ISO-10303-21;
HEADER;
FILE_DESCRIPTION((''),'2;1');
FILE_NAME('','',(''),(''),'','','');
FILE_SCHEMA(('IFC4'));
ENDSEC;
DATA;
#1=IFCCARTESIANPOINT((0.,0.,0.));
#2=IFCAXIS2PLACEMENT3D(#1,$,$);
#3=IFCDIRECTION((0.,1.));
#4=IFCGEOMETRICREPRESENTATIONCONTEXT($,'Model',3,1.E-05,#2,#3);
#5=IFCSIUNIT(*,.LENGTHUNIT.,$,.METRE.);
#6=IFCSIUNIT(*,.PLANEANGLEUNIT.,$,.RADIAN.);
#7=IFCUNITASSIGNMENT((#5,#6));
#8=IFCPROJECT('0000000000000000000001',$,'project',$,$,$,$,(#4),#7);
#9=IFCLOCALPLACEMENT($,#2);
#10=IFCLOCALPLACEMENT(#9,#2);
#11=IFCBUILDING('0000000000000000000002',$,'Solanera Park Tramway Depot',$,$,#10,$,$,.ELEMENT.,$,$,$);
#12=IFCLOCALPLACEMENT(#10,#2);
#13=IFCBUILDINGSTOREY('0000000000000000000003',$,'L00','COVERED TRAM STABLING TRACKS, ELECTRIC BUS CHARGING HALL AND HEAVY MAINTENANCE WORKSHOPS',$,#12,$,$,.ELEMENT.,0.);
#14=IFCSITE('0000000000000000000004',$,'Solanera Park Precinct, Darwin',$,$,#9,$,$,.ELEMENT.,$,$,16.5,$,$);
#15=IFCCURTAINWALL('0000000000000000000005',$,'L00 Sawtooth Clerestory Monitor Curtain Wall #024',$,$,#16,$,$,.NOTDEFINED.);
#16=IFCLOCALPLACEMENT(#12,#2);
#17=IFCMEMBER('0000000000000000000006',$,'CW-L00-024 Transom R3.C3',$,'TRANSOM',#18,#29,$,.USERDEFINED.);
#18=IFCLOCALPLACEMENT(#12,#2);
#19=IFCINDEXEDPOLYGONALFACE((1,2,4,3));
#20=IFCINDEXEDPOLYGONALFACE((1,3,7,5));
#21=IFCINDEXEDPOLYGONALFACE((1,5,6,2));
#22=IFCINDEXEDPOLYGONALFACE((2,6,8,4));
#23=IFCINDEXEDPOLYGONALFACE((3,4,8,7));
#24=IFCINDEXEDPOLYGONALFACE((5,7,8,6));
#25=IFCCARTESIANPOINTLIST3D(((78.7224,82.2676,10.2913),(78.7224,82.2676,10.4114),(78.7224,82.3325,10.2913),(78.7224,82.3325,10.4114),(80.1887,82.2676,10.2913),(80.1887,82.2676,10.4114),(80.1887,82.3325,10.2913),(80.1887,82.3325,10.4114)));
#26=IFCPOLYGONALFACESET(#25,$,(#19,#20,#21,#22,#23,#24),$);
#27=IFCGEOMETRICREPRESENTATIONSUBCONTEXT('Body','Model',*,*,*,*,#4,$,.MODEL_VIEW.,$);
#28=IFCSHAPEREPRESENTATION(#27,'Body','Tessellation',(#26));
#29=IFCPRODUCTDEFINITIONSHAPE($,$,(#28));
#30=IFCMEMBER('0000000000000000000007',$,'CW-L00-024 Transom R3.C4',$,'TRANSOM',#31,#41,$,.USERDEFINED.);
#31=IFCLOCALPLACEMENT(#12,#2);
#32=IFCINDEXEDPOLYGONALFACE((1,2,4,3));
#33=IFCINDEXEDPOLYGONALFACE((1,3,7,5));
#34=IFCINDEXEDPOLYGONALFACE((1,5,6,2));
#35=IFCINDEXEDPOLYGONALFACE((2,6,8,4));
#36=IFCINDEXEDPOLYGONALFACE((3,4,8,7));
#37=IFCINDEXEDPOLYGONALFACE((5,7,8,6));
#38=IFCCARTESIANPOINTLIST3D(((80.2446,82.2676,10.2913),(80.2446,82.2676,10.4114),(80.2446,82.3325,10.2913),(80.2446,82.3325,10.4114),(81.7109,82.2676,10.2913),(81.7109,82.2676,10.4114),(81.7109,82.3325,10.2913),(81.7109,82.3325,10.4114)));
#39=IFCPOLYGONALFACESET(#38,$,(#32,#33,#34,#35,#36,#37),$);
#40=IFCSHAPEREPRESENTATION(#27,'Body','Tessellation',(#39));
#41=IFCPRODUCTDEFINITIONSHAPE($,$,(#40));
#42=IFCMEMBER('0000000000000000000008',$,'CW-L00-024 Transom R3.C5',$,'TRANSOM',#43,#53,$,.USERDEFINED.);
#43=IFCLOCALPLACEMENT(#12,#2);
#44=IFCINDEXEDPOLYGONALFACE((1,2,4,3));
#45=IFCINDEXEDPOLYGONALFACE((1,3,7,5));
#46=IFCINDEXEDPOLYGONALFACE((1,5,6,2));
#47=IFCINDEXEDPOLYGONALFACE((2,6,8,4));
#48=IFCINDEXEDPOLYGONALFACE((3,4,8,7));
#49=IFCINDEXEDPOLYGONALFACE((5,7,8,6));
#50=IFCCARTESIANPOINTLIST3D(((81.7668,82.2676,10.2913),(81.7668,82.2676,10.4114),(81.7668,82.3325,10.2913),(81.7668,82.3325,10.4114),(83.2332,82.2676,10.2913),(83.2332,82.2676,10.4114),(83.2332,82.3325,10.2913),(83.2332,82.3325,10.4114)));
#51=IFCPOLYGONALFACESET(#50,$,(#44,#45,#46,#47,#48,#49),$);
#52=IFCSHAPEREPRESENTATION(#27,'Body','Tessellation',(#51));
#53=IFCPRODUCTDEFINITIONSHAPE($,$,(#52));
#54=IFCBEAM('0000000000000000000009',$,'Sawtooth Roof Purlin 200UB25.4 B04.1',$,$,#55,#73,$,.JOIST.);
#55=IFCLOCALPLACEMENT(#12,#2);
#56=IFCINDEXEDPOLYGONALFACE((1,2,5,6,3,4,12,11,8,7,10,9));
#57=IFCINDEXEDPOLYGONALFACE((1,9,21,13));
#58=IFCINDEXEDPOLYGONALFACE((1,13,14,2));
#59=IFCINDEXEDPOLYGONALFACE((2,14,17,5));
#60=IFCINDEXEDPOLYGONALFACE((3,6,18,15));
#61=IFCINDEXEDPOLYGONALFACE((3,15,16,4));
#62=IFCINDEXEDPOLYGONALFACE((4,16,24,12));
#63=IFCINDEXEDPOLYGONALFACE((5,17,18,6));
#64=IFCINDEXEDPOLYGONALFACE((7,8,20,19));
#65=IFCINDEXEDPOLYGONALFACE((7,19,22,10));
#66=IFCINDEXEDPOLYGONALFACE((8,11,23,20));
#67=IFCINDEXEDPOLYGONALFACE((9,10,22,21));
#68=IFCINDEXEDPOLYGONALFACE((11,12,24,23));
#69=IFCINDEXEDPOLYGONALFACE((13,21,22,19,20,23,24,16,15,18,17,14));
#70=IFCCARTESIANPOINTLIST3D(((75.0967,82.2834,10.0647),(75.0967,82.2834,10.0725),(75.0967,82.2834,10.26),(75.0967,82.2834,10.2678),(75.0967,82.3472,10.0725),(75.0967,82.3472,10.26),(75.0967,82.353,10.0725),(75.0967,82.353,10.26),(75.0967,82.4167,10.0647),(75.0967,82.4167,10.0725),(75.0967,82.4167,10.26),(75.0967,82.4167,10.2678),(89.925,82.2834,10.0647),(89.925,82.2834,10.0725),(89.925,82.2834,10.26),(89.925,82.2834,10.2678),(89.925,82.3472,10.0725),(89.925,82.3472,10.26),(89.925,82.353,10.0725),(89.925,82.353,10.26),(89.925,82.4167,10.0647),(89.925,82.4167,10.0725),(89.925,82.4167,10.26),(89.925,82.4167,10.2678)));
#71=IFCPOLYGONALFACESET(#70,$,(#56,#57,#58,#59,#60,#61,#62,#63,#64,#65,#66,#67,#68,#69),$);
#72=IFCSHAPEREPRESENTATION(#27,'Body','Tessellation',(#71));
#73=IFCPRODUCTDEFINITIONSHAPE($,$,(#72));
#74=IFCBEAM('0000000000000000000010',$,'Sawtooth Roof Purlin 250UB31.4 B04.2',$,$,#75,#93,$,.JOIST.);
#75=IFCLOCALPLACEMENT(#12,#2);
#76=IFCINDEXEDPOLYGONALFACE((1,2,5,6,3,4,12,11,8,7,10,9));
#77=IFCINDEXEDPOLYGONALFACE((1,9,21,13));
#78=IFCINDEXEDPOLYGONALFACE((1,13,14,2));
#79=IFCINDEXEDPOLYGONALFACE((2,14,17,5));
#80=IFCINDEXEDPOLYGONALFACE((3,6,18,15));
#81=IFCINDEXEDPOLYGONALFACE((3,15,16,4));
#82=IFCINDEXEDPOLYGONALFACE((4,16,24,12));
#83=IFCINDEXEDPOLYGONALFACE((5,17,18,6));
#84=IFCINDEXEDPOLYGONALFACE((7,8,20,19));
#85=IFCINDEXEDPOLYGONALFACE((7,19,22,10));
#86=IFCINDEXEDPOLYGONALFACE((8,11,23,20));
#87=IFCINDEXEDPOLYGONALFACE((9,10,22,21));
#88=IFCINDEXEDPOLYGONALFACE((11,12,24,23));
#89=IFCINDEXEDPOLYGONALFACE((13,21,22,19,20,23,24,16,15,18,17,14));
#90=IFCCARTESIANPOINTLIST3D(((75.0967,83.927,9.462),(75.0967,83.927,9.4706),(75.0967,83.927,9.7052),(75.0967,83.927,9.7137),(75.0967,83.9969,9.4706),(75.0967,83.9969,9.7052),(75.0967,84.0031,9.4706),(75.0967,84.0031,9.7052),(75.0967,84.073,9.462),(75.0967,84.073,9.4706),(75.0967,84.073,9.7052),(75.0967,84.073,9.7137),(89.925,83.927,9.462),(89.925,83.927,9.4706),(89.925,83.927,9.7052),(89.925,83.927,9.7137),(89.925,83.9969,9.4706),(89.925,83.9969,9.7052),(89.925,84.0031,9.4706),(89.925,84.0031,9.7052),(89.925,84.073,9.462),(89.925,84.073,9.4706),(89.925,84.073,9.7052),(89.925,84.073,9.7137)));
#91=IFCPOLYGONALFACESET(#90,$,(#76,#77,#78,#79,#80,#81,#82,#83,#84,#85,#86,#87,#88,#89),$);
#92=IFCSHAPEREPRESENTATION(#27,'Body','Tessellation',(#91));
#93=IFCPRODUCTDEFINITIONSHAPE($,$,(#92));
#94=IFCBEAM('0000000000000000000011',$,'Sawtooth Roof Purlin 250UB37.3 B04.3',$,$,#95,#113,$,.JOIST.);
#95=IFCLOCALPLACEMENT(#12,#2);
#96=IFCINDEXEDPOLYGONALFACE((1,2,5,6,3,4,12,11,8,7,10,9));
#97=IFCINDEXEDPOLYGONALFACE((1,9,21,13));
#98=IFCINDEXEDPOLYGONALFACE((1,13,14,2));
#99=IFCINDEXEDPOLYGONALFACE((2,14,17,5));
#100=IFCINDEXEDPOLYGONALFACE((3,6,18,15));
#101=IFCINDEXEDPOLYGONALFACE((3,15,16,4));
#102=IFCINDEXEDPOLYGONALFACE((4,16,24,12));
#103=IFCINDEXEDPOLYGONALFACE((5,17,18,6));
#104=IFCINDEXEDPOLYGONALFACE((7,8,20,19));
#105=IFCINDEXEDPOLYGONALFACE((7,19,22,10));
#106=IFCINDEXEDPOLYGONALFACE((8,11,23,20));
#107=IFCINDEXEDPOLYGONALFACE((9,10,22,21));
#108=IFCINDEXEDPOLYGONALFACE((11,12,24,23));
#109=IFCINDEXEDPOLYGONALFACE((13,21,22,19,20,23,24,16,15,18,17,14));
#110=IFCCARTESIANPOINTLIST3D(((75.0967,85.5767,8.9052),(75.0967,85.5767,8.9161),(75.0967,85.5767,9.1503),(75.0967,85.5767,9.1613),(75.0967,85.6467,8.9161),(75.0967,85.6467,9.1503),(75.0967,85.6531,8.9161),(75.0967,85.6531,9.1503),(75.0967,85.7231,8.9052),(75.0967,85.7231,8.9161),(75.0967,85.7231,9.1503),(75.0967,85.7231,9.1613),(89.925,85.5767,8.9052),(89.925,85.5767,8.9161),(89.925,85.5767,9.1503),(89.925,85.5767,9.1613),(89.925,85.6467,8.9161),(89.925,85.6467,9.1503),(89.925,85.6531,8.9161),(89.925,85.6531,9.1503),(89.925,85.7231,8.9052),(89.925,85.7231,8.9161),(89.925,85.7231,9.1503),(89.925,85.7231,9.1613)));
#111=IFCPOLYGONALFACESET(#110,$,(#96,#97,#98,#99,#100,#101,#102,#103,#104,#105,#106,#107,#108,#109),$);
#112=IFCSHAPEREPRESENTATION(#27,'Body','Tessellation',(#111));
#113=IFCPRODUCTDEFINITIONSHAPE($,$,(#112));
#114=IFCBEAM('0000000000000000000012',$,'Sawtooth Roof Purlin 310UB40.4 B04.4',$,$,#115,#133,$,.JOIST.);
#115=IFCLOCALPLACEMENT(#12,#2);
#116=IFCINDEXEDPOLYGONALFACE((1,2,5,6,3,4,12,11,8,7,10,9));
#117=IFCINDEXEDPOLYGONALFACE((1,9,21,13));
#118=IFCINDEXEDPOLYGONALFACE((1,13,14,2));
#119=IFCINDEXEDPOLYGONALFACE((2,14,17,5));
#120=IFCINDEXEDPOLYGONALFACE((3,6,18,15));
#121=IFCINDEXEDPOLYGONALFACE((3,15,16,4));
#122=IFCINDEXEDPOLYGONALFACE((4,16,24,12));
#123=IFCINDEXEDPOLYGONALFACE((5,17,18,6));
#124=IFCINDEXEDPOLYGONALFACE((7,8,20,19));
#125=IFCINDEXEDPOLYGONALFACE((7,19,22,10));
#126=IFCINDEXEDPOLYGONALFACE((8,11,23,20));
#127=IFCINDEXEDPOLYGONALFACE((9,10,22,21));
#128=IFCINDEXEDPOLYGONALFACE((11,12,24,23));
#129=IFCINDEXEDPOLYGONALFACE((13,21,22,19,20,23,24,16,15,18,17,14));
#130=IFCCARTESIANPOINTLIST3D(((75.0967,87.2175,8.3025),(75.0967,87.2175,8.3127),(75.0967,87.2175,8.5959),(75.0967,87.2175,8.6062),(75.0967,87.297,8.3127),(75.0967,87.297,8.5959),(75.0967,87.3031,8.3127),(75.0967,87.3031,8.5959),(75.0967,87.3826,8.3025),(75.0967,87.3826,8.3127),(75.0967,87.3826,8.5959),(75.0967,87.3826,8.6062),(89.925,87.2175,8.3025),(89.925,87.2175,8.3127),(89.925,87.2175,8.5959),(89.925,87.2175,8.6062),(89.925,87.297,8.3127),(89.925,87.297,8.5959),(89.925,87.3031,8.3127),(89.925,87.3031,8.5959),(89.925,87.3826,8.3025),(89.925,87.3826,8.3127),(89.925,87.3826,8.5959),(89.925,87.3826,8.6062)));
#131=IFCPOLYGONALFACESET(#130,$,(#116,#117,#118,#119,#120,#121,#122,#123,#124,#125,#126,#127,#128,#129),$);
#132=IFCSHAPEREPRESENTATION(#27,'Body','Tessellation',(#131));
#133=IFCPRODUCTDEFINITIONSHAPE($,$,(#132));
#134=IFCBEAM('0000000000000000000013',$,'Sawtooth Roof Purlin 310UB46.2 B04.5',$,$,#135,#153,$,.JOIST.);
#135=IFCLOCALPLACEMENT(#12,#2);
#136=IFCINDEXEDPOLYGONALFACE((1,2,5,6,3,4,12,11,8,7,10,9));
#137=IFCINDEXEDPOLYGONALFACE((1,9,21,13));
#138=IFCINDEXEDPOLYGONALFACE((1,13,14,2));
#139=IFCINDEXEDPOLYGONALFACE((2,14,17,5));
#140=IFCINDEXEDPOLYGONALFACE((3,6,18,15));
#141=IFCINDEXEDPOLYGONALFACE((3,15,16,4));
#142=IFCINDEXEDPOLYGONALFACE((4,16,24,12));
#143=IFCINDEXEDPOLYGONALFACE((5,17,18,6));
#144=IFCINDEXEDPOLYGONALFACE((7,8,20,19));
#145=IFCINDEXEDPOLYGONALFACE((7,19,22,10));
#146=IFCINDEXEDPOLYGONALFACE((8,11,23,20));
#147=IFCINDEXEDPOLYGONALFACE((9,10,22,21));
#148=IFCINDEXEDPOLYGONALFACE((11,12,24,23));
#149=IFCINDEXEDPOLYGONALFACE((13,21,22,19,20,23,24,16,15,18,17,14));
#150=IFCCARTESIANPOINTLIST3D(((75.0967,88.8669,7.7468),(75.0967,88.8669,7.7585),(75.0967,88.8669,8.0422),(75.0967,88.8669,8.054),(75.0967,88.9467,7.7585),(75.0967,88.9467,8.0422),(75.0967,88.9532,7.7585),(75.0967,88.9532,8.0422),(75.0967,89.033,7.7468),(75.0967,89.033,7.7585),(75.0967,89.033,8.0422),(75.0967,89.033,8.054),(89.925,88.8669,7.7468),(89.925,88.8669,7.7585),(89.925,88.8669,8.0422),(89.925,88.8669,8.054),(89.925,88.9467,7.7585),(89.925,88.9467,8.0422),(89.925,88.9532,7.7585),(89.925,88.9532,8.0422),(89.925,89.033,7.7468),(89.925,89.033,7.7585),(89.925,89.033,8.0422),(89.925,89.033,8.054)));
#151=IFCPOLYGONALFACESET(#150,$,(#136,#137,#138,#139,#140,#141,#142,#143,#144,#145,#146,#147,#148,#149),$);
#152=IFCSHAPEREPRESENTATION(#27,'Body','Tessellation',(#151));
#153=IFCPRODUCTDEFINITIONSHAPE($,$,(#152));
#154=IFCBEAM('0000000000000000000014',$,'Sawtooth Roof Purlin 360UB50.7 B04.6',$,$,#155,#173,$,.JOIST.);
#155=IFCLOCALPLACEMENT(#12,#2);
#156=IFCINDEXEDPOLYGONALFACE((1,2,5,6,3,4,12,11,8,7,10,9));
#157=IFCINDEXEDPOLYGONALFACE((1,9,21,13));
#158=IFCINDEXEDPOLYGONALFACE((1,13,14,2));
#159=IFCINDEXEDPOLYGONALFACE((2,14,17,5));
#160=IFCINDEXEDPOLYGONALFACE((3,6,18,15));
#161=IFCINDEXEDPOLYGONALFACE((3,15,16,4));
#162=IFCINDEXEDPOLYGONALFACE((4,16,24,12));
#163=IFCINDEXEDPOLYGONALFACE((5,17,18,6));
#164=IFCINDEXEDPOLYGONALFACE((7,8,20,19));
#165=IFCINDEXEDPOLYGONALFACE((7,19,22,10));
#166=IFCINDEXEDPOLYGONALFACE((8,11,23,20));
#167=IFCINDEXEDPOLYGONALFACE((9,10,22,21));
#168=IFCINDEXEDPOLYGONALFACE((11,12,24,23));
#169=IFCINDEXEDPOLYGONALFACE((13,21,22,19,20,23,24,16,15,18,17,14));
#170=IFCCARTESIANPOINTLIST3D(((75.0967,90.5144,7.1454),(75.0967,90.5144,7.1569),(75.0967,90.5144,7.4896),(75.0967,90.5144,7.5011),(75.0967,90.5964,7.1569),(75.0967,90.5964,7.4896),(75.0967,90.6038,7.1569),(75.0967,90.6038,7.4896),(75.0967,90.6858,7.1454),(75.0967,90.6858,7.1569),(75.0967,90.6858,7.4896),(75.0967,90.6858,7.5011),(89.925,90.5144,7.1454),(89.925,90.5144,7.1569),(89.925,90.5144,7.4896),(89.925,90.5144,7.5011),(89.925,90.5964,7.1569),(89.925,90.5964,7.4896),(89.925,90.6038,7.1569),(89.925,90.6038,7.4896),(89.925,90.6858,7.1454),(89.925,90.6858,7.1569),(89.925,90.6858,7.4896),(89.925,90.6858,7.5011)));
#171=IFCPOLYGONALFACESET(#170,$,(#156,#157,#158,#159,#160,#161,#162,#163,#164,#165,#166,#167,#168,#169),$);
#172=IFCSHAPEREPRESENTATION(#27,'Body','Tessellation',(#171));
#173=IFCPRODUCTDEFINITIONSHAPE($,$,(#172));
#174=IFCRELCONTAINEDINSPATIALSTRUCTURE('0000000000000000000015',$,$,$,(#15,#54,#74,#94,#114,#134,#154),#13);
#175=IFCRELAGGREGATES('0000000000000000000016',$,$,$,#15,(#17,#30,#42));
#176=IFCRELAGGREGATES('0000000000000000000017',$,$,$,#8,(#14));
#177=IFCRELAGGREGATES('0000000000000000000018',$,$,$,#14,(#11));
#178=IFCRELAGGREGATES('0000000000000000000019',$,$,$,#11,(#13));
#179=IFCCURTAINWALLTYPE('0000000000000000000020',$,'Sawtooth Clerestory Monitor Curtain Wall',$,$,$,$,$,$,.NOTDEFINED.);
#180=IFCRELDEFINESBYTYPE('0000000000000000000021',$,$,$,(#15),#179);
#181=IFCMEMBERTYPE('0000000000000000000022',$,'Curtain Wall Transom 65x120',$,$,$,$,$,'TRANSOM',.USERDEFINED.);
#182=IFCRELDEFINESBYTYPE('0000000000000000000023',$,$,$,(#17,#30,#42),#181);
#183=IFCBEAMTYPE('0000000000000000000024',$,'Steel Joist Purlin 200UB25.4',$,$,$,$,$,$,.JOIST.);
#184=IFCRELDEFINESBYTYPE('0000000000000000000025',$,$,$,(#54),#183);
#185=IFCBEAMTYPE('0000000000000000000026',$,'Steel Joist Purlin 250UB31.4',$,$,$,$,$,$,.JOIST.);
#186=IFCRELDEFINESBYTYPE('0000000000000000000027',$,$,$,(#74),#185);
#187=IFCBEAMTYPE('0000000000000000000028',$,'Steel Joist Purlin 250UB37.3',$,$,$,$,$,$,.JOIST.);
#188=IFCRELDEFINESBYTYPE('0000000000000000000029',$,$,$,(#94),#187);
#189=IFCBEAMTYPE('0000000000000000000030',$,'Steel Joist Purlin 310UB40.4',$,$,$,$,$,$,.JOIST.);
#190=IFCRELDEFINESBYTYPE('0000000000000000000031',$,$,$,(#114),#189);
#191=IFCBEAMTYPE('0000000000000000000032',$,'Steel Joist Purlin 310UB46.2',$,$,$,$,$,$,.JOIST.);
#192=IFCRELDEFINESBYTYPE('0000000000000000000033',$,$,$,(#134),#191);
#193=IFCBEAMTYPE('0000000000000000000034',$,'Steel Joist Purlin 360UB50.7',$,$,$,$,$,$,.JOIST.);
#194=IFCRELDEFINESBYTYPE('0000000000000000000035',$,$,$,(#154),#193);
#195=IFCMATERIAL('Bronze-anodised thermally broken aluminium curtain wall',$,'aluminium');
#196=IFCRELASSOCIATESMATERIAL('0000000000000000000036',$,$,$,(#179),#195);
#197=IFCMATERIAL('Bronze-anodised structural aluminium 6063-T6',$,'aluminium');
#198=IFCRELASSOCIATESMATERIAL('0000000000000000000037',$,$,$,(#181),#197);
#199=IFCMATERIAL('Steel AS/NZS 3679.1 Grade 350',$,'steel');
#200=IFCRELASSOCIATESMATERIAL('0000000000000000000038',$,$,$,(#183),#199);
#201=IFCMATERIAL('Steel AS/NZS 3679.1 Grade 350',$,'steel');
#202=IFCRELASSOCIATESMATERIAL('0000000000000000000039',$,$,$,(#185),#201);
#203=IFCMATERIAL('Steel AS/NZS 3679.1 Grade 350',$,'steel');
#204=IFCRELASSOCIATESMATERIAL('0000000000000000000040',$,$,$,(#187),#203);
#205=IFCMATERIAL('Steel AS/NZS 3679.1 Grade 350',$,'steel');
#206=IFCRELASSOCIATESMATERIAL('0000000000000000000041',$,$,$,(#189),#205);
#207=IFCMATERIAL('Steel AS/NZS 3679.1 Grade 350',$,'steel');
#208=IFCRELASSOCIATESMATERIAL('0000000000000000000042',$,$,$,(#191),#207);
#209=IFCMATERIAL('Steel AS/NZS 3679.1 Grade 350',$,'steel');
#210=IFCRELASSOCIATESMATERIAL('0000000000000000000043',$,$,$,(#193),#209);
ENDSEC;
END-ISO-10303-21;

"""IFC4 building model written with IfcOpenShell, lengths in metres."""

from ifc_helpers import new_model, si_unit, direction, frame, origin, origin_2d, place, context, subcontext, project, spatial, rectangle, i_section, extrude, material, material_profile, profile_set, type_object, element, aggregate, save


model = new_model("IFC4")

# Units and contexts
model_context = context("Model", 3, precision=1e-05, world=origin(), true_north=direction((0.0, 1.0)))
body_context = subcontext(model_context, "Body", "Model", "MODEL_VIEW")
ifc_project = project(units=[si_unit("LENGTHUNIT", "METRE"), si_unit("PLANEANGLEUNIT", "RADIAN")], contexts=[model_context])

# Site, building, storey
site_placement = place(None, origin())
site = spatial("IfcSite", under=ifc_project, at=site_placement, Name="Solanera Park Precinct, Darwin", CompositionType="ELEMENT", RefElevation=16.5)
building_placement = place(site_placement, origin())
building = spatial("IfcBuilding", under=site, at=building_placement, Name="Solanera Park Tramway Depot", CompositionType="ELEMENT")
storey_placement = place(building_placement, origin())
storey = spatial("IfcBuildingStorey", under=building, at=storey_placement, Name="L00", Description="COVERED TRAM STABLING TRACKS, ELECTRIC BUS CHARGING HALL AND HEAVY MAINTENANCE WORKSHOPS", CompositionType="ELEMENT", Elevation=0.0)

# Curtain wall, members
ifc_material_1 = material(Name="Bronze-anodised thermally broken aluminium curtain wall", Category="aluminium")
curtain_wall_type = type_object("IfcCurtainWallType", Name="Sawtooth Clerestory Monitor Curtain Wall", PredefinedType="NOTDEFINED", material=ifc_material_1)
curtain_wall_placement = place(storey_placement, origin())
curtain_wall = element("IfcCurtainWall", 1, at=curtain_wall_placement, inside=storey, type_object=curtain_wall_type, Name="L00 Sawtooth Clerestory Monitor Curtain Wall #024", PredefinedType="NOTDEFINED")
ifc_material_2 = material(Name="Bronze-anodised structural aluminium 6063-T6", Category="aluminium")
ifc_material_profile_1 = material_profile(ifc_material_2, rectangle(XDim=0.0649, YDim=0.1201, at=origin_2d()), Name="Curtain Wall Transom 65x120")
ifc_profile_set_1 = profile_set([ifc_material_profile_1], Name="Bronze-anodised structural aluminium 6063-T6")
member_type_1 = type_object("IfcMemberType", Name="Curtain Wall Transom 65x120", ElementType="TRANSOM", PredefinedType="USERDEFINED", material=ifc_profile_set_1)
member_1_placement = place(storey_placement, frame((78.7224, 82.3, 10.3513), z_axis=(1.0, 0.0, 0.0), x_axis=(0.0, 1.0, 0.0)))
member_1 = element("IfcMember", 2, at=member_1_placement, type_object=member_type_1, Name="CW-L00-024 Transom R3.C3", ObjectType="TRANSOM", PredefinedType="USERDEFINED", context=body_context, shape_type="SweptSolid", body=[
    extrude(rectangle(XDim=0.0649, YDim=0.1201, at=origin_2d()), origin(), (0.0, 0.0, 1.0), 1.4663),
])
member_2_placement = place(storey_placement, frame((80.2446, 82.3, 10.3513), z_axis=(1.0, 0.0, 0.0), x_axis=(0.0, 1.0, 0.0)))
member_2 = element("IfcMember", 3, at=member_2_placement, type_object=member_type_1, Name="CW-L00-024 Transom R3.C4", ObjectType="TRANSOM", PredefinedType="USERDEFINED", context=body_context, shape_type="SweptSolid", body=[
    extrude(rectangle(XDim=0.0649, YDim=0.1201, at=origin_2d()), origin(), (0.0, 0.0, 1.0), 1.4663),
])
member_3_placement = place(storey_placement, frame((81.7668, 82.3, 10.3513), z_axis=(1.0, 0.0, 0.0), x_axis=(0.0, 1.0, 0.0)))
member_3 = element("IfcMember", 4, at=member_3_placement, type_object=member_type_1, Name="CW-L00-024 Transom R3.C5", ObjectType="TRANSOM", PredefinedType="USERDEFINED", context=body_context, shape_type="SweptSolid", body=[
    extrude(rectangle(XDim=0.0649, YDim=0.1201, at=origin_2d()), origin(), (0.0, 0.0, 1.0), 1.4663),
])

# Beams
ifc_material_3 = material(Name="Steel AS/NZS 3679.1 Grade 350", Category="steel")
ifc_material_profile_2 = material_profile(ifc_material_3, i_section(OverallWidth=0.1333, OverallDepth=0.2031, WebThickness=0.0059, FlangeThickness=0.0078, at=origin_2d()), Name="200UB25.4")
ifc_profile_set_2 = profile_set([ifc_material_profile_2], Name="Steel AS/NZS 3679.1 Grade 350")
beam_type_1 = type_object("IfcBeamType", Name="Steel Joist Purlin 200UB25.4", PredefinedType="JOIST", material=ifc_profile_set_2)
beam_1_placement = place(storey_placement, frame((75.0967, 82.3501, 10.1663), z_axis=(1.0, 0.0, 0.0), x_axis=(0.0, 1.0, 0.0)))
element("IfcBeam", 5, at=beam_1_placement, inside=storey, type_object=beam_type_1, Name="Sawtooth Roof Purlin 200UB25.4 B04.1", PredefinedType="JOIST", context=body_context, shape_type="SweptSolid", body=[
    extrude(i_section(OverallWidth=0.1333, OverallDepth=0.2031, WebThickness=0.0059, FlangeThickness=0.0078, at=origin_2d()), origin(), (0.0, 0.0, 1.0), 14.8284),
])
ifc_material_4 = material(Name="Steel AS/NZS 3679.1 Grade 350", Category="steel")
ifc_material_profile_3 = material_profile(ifc_material_4, i_section(OverallWidth=0.146, OverallDepth=0.2517, WebThickness=0.0061, FlangeThickness=0.0085, at=origin_2d()), Name="250UB31.4")
ifc_profile_set_3 = profile_set([ifc_material_profile_3], Name="Steel AS/NZS 3679.1 Grade 350")
beam_type_2 = type_object("IfcBeamType", Name="Steel Joist Purlin 250UB31.4", PredefinedType="JOIST", material=ifc_profile_set_3)
beam_2_placement = place(storey_placement, frame((75.0967, 84.0, 9.5879), z_axis=(1.0, 0.0, 0.0), x_axis=(0.0, 1.0, 0.0)))
element("IfcBeam", 6, at=beam_2_placement, inside=storey, type_object=beam_type_2, Name="Sawtooth Roof Purlin 250UB31.4 B04.2", PredefinedType="JOIST", context=body_context, shape_type="SweptSolid", body=[
    extrude(i_section(OverallWidth=0.146, OverallDepth=0.2517, WebThickness=0.0061, FlangeThickness=0.0085, at=origin_2d()), origin(), (0.0, 0.0, 1.0), 14.8284),
])
ifc_material_5 = material(Name="Steel AS/NZS 3679.1 Grade 350", Category="steel")
ifc_material_profile_4 = material_profile(ifc_material_5, i_section(OverallWidth=0.1465, OverallDepth=0.2561, WebThickness=0.0063, FlangeThickness=0.011, at=origin_2d()), Name="250UB37.3")
ifc_profile_set_4 = profile_set([ifc_material_profile_4], Name="Steel AS/NZS 3679.1 Grade 350")
beam_type_3 = type_object("IfcBeamType", Name="Steel Joist Purlin 250UB37.3", PredefinedType="JOIST", material=ifc_profile_set_4)
beam_3_placement = place(storey_placement, frame((75.0967, 85.6499, 9.0332), z_axis=(1.0, 0.0, 0.0), x_axis=(0.0, 1.0, 0.0)))
element("IfcBeam", 7, at=beam_3_placement, inside=storey, type_object=beam_type_3, Name="Sawtooth Roof Purlin 250UB37.3 B04.3", PredefinedType="JOIST", context=body_context, shape_type="SweptSolid", body=[
    extrude(i_section(OverallWidth=0.1465, OverallDepth=0.2561, WebThickness=0.0063, FlangeThickness=0.011, at=origin_2d()), origin(), (0.0, 0.0, 1.0), 14.8284),
])
ifc_material_6 = material(Name="Steel AS/NZS 3679.1 Grade 350", Category="steel")
ifc_material_profile_5 = material_profile(ifc_material_6, i_section(OverallWidth=0.165, OverallDepth=0.3037, WebThickness=0.0061, FlangeThickness=0.0103, at=origin_2d()), Name="310UB40.4")
ifc_profile_set_5 = profile_set([ifc_material_profile_5], Name="Steel AS/NZS 3679.1 Grade 350")
beam_type_4 = type_object("IfcBeamType", Name="Steel Joist Purlin 310UB40.4", PredefinedType="JOIST", material=ifc_profile_set_5)
beam_4_placement = place(storey_placement, frame((75.0967, 87.3, 8.4543), z_axis=(1.0, 0.0, 0.0), x_axis=(0.0, 1.0, 0.0)))
element("IfcBeam", 8, at=beam_4_placement, inside=storey, type_object=beam_type_4, Name="Sawtooth Roof Purlin 310UB40.4 B04.4", PredefinedType="JOIST", context=body_context, shape_type="SweptSolid", body=[
    extrude(i_section(OverallWidth=0.165, OverallDepth=0.3037, WebThickness=0.0061, FlangeThickness=0.0103, at=origin_2d()), origin(), (0.0, 0.0, 1.0), 14.8284),
])
ifc_material_7 = material(Name="Steel AS/NZS 3679.1 Grade 350", Category="steel")
ifc_material_profile_6 = material_profile(ifc_material_7, i_section(OverallWidth=0.166, OverallDepth=0.3071, WebThickness=0.0066, FlangeThickness=0.0117, at=origin_2d()), Name="310UB46.2")
ifc_profile_set_6 = profile_set([ifc_material_profile_6], Name="Steel AS/NZS 3679.1 Grade 350")
beam_type_5 = type_object("IfcBeamType", Name="Steel Joist Purlin 310UB46.2", PredefinedType="JOIST", material=ifc_profile_set_6)
beam_5_placement = place(storey_placement, frame((75.0967, 88.95, 7.9004), z_axis=(1.0, 0.0, 0.0), x_axis=(0.0, 1.0, 0.0)))
element("IfcBeam", 9, at=beam_5_placement, inside=storey, type_object=beam_type_5, Name="Sawtooth Roof Purlin 310UB46.2 B04.5", PredefinedType="JOIST", context=body_context, shape_type="SweptSolid", body=[
    extrude(i_section(OverallWidth=0.166, OverallDepth=0.3071, WebThickness=0.0066, FlangeThickness=0.0117, at=origin_2d()), origin(), (0.0, 0.0, 1.0), 14.8284),
])
ifc_material_8 = material(Name="Steel AS/NZS 3679.1 Grade 350", Category="steel")
ifc_material_profile_7 = material_profile(ifc_material_8, i_section(OverallWidth=0.1714, OverallDepth=0.3557, WebThickness=0.0073, FlangeThickness=0.0115, at=origin_2d()), Name="360UB50.7")
ifc_profile_set_7 = profile_set([ifc_material_profile_7], Name="Steel AS/NZS 3679.1 Grade 350")
beam_type_6 = type_object("IfcBeamType", Name="Steel Joist Purlin 360UB50.7", PredefinedType="JOIST", material=ifc_profile_set_7)
beam_6_placement = place(storey_placement, frame((75.0967, 90.6001, 7.3232), z_axis=(1.0, 0.0, 0.0), x_axis=(0.0, 1.0, 0.0)))
element("IfcBeam", 10, at=beam_6_placement, inside=storey, type_object=beam_type_6, Name="Sawtooth Roof Purlin 360UB50.7 B04.6", PredefinedType="JOIST", context=body_context, shape_type="SweptSolid", body=[
    extrude(i_section(OverallWidth=0.1714, OverallDepth=0.3557, WebThickness=0.0073, FlangeThickness=0.0115, at=origin_2d()), origin(), (0.0, 0.0, 1.0), 14.8284),
])

aggregate(curtain_wall, [member_1, member_2, member_3])

save(model, "model.ifc")
